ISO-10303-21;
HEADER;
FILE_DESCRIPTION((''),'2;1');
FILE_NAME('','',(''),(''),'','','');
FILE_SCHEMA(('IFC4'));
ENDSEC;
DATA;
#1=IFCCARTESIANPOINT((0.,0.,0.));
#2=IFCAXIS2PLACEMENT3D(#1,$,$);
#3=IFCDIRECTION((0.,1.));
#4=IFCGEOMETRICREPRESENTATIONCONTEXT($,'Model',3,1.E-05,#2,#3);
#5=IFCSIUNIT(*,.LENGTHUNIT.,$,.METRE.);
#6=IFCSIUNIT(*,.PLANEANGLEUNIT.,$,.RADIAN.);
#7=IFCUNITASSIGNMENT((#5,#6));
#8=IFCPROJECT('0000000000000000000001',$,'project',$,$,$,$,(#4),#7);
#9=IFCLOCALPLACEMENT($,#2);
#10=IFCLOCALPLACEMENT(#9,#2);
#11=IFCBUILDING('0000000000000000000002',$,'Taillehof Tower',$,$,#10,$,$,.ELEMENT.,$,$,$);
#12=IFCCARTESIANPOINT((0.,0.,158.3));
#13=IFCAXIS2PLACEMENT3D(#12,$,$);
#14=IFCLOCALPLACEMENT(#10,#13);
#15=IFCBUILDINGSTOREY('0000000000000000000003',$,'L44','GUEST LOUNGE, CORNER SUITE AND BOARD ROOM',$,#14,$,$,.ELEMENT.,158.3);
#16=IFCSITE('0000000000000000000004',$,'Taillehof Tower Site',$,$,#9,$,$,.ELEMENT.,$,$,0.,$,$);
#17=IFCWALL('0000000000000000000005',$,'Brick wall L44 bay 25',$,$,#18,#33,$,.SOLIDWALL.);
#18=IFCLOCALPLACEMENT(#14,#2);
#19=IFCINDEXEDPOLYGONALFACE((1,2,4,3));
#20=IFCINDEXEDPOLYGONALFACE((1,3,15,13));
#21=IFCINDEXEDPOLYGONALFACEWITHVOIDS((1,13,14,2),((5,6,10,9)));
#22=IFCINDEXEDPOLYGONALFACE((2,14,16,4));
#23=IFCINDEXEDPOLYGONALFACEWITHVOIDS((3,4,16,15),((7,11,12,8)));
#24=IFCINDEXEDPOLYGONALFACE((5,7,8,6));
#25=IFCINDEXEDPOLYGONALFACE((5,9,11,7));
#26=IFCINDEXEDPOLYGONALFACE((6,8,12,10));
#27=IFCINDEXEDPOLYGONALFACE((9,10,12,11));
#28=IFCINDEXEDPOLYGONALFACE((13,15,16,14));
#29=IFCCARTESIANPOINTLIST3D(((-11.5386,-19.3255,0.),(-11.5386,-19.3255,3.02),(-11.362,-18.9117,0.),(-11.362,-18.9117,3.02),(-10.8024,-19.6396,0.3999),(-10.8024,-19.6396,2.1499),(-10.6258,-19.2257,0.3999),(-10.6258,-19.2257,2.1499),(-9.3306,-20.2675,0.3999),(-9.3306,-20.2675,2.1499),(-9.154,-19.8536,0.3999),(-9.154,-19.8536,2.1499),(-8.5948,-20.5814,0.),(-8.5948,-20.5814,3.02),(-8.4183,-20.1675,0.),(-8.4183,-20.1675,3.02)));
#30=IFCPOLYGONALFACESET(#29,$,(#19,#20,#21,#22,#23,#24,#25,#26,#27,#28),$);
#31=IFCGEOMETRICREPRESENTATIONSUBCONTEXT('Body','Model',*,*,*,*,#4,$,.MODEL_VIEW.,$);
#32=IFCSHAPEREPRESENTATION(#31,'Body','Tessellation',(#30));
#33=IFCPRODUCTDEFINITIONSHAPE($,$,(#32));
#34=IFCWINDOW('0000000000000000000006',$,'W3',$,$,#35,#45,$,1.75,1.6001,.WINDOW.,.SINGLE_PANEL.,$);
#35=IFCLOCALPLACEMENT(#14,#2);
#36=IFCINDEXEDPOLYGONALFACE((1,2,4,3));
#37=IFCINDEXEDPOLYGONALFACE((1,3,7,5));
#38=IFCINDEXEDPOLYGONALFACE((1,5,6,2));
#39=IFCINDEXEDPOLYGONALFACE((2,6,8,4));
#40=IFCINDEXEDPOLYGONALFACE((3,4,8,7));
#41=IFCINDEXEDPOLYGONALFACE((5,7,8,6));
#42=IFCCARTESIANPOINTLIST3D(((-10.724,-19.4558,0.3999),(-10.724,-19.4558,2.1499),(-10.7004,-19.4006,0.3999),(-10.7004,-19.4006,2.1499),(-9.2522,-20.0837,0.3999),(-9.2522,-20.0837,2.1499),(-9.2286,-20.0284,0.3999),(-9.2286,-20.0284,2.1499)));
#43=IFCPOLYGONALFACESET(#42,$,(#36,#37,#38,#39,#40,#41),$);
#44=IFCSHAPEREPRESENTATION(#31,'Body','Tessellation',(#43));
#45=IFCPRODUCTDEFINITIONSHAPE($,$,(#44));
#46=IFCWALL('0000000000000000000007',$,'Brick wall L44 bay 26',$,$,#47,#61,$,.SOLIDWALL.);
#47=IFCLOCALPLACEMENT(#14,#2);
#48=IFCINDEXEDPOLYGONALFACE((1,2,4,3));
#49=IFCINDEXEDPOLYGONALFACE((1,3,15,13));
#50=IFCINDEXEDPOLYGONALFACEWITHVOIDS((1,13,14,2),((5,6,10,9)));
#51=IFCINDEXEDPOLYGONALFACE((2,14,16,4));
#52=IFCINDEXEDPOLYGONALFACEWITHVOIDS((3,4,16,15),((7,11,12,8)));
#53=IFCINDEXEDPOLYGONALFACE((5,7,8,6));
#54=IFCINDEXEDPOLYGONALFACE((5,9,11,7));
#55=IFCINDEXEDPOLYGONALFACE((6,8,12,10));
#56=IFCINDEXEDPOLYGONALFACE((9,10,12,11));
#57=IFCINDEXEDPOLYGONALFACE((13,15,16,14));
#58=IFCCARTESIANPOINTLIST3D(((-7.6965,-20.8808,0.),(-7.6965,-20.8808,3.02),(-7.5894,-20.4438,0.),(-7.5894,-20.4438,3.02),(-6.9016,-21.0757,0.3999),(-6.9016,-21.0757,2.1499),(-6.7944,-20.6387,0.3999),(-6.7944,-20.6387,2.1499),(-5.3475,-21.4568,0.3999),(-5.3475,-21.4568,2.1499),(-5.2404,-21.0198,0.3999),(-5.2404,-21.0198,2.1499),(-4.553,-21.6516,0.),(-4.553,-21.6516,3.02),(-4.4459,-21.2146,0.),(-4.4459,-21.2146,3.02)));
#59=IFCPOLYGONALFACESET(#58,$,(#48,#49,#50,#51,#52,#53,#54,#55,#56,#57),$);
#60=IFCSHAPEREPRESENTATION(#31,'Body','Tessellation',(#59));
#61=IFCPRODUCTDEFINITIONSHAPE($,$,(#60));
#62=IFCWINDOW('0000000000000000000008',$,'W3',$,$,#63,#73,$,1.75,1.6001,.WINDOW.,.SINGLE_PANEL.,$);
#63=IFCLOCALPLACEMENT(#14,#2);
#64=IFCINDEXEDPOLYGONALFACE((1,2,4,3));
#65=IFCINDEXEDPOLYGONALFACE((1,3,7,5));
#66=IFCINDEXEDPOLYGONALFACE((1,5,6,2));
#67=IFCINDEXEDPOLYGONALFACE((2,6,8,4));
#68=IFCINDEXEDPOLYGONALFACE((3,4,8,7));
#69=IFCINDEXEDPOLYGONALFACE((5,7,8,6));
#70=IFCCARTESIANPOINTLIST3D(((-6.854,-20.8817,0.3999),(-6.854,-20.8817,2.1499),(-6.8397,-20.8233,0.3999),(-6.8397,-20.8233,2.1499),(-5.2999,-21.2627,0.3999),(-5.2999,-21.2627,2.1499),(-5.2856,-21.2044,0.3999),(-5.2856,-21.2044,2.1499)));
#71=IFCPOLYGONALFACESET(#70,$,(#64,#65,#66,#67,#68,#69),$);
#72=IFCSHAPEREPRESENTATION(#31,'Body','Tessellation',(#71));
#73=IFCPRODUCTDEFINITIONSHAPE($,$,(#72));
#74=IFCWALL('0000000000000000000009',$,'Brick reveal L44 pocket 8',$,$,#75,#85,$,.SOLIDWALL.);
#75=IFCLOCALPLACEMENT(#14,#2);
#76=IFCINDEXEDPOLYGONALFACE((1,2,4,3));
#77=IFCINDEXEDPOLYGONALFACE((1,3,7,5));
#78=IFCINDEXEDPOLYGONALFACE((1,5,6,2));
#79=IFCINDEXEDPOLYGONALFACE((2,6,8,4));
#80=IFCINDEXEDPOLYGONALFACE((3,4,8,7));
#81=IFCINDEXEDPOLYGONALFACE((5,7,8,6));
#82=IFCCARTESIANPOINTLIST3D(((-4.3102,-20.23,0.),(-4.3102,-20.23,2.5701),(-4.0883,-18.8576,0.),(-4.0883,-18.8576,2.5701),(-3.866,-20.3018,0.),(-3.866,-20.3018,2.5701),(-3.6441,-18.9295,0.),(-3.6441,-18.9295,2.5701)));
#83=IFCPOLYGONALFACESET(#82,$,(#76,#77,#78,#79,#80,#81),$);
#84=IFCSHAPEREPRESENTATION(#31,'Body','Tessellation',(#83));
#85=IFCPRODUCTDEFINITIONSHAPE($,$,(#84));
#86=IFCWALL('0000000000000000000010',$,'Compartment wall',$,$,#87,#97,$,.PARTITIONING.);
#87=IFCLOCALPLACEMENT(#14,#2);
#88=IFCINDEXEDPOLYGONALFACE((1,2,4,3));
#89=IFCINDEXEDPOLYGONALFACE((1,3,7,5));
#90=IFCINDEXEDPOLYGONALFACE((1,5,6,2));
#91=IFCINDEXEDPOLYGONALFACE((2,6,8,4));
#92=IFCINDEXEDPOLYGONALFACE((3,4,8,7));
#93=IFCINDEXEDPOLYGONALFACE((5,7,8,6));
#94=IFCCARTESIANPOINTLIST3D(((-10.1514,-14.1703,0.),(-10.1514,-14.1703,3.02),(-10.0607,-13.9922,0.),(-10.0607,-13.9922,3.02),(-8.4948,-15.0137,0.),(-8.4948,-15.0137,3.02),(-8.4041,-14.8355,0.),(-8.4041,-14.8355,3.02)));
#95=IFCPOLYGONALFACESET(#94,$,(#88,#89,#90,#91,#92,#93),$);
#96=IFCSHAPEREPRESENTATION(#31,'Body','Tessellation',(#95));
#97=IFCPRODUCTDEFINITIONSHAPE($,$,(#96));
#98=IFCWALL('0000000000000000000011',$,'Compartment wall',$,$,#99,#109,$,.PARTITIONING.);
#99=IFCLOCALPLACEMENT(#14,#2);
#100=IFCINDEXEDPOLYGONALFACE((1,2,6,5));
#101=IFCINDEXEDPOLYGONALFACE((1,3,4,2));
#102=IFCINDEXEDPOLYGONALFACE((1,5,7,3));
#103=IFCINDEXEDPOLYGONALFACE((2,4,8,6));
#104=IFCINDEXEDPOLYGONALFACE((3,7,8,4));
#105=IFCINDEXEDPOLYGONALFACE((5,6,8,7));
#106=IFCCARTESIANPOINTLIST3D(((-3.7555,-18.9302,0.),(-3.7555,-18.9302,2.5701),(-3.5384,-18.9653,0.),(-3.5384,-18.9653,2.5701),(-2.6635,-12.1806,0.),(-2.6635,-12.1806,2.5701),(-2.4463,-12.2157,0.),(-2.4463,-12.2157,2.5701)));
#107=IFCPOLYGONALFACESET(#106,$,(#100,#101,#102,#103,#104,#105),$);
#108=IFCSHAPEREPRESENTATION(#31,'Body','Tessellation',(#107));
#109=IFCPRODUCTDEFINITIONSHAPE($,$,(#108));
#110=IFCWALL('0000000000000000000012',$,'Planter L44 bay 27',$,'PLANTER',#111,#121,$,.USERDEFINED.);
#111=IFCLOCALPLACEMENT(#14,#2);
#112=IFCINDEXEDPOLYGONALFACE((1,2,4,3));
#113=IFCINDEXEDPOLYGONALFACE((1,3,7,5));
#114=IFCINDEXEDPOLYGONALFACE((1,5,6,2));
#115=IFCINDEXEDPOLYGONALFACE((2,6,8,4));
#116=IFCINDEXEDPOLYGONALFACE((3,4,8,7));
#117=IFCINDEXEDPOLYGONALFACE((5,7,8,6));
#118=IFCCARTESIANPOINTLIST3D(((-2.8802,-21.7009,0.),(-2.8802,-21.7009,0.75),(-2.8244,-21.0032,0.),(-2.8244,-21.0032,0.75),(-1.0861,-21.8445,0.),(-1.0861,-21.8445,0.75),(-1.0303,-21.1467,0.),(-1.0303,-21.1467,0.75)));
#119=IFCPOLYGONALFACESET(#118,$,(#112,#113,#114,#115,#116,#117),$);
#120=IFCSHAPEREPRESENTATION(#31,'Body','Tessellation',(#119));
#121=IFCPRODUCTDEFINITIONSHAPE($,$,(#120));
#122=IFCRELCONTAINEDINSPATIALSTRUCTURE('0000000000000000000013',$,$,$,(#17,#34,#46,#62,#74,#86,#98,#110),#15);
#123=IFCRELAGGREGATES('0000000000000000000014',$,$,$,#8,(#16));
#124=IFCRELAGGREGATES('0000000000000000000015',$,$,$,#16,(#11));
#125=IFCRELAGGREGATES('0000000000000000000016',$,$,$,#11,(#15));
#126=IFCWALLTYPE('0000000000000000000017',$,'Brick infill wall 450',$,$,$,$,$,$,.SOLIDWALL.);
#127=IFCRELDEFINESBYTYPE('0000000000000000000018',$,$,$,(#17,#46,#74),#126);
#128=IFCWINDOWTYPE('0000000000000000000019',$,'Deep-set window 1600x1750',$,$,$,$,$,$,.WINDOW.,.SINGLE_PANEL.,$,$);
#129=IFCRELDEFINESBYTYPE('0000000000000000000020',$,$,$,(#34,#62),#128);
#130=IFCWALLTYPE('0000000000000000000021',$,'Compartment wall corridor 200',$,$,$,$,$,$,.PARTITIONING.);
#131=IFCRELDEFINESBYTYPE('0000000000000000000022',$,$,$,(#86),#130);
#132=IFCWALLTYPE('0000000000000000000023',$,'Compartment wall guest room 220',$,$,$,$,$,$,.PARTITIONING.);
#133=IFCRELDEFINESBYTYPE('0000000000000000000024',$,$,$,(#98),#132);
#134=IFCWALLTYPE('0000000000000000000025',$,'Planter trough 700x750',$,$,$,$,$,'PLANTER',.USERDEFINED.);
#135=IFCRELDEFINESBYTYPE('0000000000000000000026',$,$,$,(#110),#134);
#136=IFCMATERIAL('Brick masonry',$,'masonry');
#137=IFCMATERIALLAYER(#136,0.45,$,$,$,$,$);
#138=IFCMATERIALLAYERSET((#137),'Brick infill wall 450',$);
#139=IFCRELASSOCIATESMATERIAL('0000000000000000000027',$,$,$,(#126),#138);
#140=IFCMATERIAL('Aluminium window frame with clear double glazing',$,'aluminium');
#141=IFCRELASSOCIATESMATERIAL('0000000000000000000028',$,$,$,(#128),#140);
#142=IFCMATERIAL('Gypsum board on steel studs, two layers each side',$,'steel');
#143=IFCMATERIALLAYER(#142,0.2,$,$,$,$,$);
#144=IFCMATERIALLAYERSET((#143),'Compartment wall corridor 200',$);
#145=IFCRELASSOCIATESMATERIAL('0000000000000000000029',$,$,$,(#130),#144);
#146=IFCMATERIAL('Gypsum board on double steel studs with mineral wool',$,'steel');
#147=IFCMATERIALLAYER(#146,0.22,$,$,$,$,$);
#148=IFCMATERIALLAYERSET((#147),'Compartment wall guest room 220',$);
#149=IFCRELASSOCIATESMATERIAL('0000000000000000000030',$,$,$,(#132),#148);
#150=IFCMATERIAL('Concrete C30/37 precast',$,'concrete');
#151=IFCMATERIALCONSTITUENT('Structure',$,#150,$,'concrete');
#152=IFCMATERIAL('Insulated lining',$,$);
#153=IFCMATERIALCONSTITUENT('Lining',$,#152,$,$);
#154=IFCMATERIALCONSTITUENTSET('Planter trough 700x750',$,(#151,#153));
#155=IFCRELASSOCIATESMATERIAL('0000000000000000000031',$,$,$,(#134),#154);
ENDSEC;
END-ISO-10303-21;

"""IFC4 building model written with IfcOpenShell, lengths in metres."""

from ifc_helpers import new_model, si_unit, direction, frame, frame_2d, origin, place, context, subcontext, project, spatial, rectangle, extrude, material, layer, layer_set, constituent, constituent_set, type_object, element, fill, save


model = new_model("IFC4")

# Units and contexts
model_context = context("Model", 3, precision=1e-05, world=origin(), true_north=direction((0.0, 1.0)))
body_context = subcontext(model_context, "Body", "Model", "MODEL_VIEW")
ifc_project = project(units=[si_unit("LENGTHUNIT", "METRE"), si_unit("PLANEANGLEUNIT", "RADIAN")], contexts=[model_context])

# Site, building, storey
site_placement = place(None, origin())
site = spatial("IfcSite", under=ifc_project, at=site_placement, Name="Taillehof Tower Site", CompositionType="ELEMENT", RefElevation=0.0)
building_placement = place(site_placement, origin())
building = spatial("IfcBuilding", under=site, at=building_placement, Name="Taillehof Tower", CompositionType="ELEMENT")
storey_placement = place(building_placement, frame((0.0, 0.0, 158.3)))
storey = spatial("IfcBuildingStorey", under=building, at=storey_placement, Name="L44", Description="GUEST LOUNGE, CORNER SUITE AND BOARD ROOM", CompositionType="ELEMENT", Elevation=158.3)

# Walls, openings, windows
ifc_material_1 = material(Name="Brick masonry", Category="masonry")
ifc_layer_1 = layer(ifc_material_1, 0.45)
ifc_layer_set_1 = layer_set([ifc_layer_1], Name="Brick infill wall 450")
wall_type_1 = type_object("IfcWallType", Name="Brick infill wall 450", PredefinedType="SOLIDWALL", material=ifc_layer_set_1)
wall_1_placement = place(storey_placement, frame((-11.4502, -19.1187, 0.0), z_axis=(0.0, 0.0, 1.0), x_axis=(0.919799, -0.39239, 0.0)))
wall_1 = element("IfcWall", 1, at=wall_1_placement, inside=storey, type_object=wall_type_1, Name="Brick wall L44 bay 25", PredefinedType="SOLIDWALL", context=body_context, shape_type="SweptSolid", body=[
    extrude(rectangle(XDim=3.2004, YDim=0.45, at=frame_2d((1.6001, 0.0))), origin(), (0.0, 0.0, 1.0), 3.02),
])
opening_1_placement = place(wall_1_placement, frame((0.8003, 0.0, 0.3999)))
opening_1 = element("IfcOpeningElement", 2, at=opening_1_placement, cuts=wall_1, PredefinedType="OPENING", context=body_context, shape_type="SweptSolid", body=[
    extrude(rectangle(XDim=1.6001, YDim=1.75, at=frame_2d((0.8, 0.875))), frame((0.0, 0.2349, 0.0), z_axis=(0.0, -1.0, 0.0), x_axis=(1.0, 0.0, 0.0)), (0.0, 0.0, 1.0), 0.47),
])
ifc_material_2 = material(Name="Aluminium window frame with clear double glazing", Category="aluminium")
window_type_1 = type_object("IfcWindowType", Name="Deep-set window 1600x1750", PartitioningType="SINGLE_PANEL", PredefinedType="WINDOW", material=ifc_material_2)
window_1_placement = place(opening_1_placement, origin())
window_1 = element("IfcWindow", 3, at=window_1_placement, inside=storey, type_object=window_type_1, Name="W3", OverallHeight=1.75, OverallWidth=1.6001, PartitioningType="SINGLE_PANEL", PredefinedType="WINDOW", context=body_context, shape_type="SweptSolid", body=[
    extrude(rectangle(XDim=1.6001, YDim=1.75, at=frame_2d((0.8, 0.875))), frame((0.0, 0.0349, 0.0), z_axis=(0.0, -1.0, 0.0), x_axis=(1.0, 0.0, 0.0)), (0.0, 0.0, 1.0), 0.0601),
])
fill(opening_1, window_1)
wall_2_placement = place(storey_placement, frame((-7.6428, -20.6624, 0.0), z_axis=(0.0, 0.0, 1.0), x_axis=(0.971233, -0.238132, 0.0)))
wall_2 = element("IfcWall", 4, at=wall_2_placement, inside=storey, type_object=wall_type_1, Name="Brick wall L44 bay 26", PredefinedType="SOLIDWALL", context=body_context, shape_type="SweptSolid", body=[
    extrude(rectangle(XDim=3.2366, YDim=0.45, at=frame_2d((1.6182, 0.0))), origin(), (0.0, 0.0, 1.0), 3.02),
])
opening_2_placement = place(wall_2_placement, frame((0.8184, 0.0, 0.3999)))
opening_2 = element("IfcOpeningElement", 5, at=opening_2_placement, cuts=wall_2, PredefinedType="OPENING", context=body_context, shape_type="SweptSolid", body=[
    extrude(rectangle(XDim=1.6001, YDim=1.75, at=frame_2d((0.8, 0.875))), frame((0.0, 0.2349, 0.0), z_axis=(0.0, -1.0, 0.0), x_axis=(1.0, 0.0, 0.0)), (0.0, 0.0, 1.0), 0.47),
])
window_2_placement = place(opening_2_placement, origin())
window_2 = element("IfcWindow", 6, at=window_2_placement, inside=storey, type_object=window_type_1, Name="W3", OverallHeight=1.75, OverallWidth=1.6001, PartitioningType="SINGLE_PANEL", PredefinedType="WINDOW", context=body_context, shape_type="SweptSolid", body=[
    extrude(rectangle(XDim=1.6001, YDim=1.75, at=frame_2d((0.8, 0.875))), frame((0.0, 0.0349, 0.0), z_axis=(0.0, -1.0, 0.0), x_axis=(1.0, 0.0, 0.0)), (0.0, 0.0, 1.0), 0.0601),
])
fill(opening_2, window_2)

# Wall
wall_3_placement = place(storey_placement, frame((-4.0881, -20.2659, 0.0), z_axis=(0.0, 0.0, 1.0), x_axis=(0.159641, 0.987175, 0.0)))
element("IfcWall", 7, at=wall_3_placement, inside=storey, type_object=wall_type_1, Name="Brick reveal L44 pocket 8", PredefinedType="SOLIDWALL", context=body_context, shape_type="SweptSolid", body=[
    extrude(rectangle(XDim=1.3901, YDim=0.45, at=frame_2d((0.6951, 0.0))), origin(), (0.0, 0.0, 1.0), 2.5701),
])

# Walls
ifc_material_3 = material(Name="Gypsum board on steel studs, two layers each side", Category="steel")
ifc_layer_2 = layer(ifc_material_3, 0.2)
ifc_layer_set_2 = layer_set([ifc_layer_2], Name="Compartment wall corridor 200")
wall_type_2 = type_object("IfcWallType", Name="Compartment wall corridor 200", PredefinedType="PARTITIONING", material=ifc_layer_set_2)
wall_4_placement = place(storey_placement, frame((-8.4495, -14.9246, 0.0), z_axis=(0.0, 0.0, 1.0), x_axis=(-0.891173, 0.453664, 0.0)))
element("IfcWall", 8, at=wall_4_placement, inside=storey, type_object=wall_type_2, Name="Compartment wall", PredefinedType="PARTITIONING", context=body_context, shape_type="SweptSolid", body=[
    extrude(rectangle(XDim=1.8589, YDim=0.2, at=frame_2d((0.9294, 0.0))), origin(), (0.0, 0.0, 1.0), 3.02),
])
ifc_material_4 = material(Name="Gypsum board on double steel studs with mineral wool", Category="steel")
ifc_layer_3 = layer(ifc_material_4, 0.22)
ifc_layer_set_3 = layer_set([ifc_layer_3], Name="Compartment wall guest room 220")
wall_type_3 = type_object("IfcWallType", Name="Compartment wall guest room 220", PredefinedType="PARTITIONING", material=ifc_layer_set_3)
wall_5_placement = place(storey_placement, frame((-3.647, -18.9478, 0.0), z_axis=(0.0, 0.0, 1.0), x_axis=(0.159719, 0.987163, 0.0)))
element("IfcWall", 9, at=wall_5_placement, inside=storey, type_object=wall_type_3, Name="Compartment wall", PredefinedType="PARTITIONING", context=body_context, shape_type="SweptSolid", body=[
    extrude(rectangle(XDim=6.8374, YDim=0.22, at=frame_2d((3.4187, 0.0))), origin(), (0.0, 0.0, 1.0), 2.5701),
])
ifc_material_5 = material(Name="Concrete C30/37 precast", Category="concrete")
ifc_constituent_1 = constituent(ifc_material_5, Name="Structure", Category="concrete")
ifc_material_6 = material(Name="Insulated lining")
ifc_constituent_2 = constituent(ifc_material_6, Name="Lining")
ifc_constituent_set = constituent_set(constituents=[ifc_constituent_1, ifc_constituent_2], Name="Planter trough 700x750")
wall_type_4 = type_object("IfcWallType", Name="Planter trough 700x750", ElementType="PLANTER", PredefinedType="USERDEFINED", material=ifc_constituent_set)
wall_6_placement = place(storey_placement, frame((-2.8523, -21.3521, 0.0), z_axis=(0.0, 0.0, 1.0), x_axis=(0.996814, -0.079756, 0.0)))
element("IfcWall", 10, at=wall_6_placement, inside=storey, type_object=wall_type_4, Name="Planter L44 bay 27", ObjectType="PLANTER", PredefinedType="USERDEFINED", context=body_context, shape_type="SweptSolid", body=[
    extrude(rectangle(XDim=1.7998, YDim=0.7, at=frame_2d((0.8999, 0.0))), origin(), (0.0, 0.0, 1.0), 0.75),
])

save(model, "model.ifc")
